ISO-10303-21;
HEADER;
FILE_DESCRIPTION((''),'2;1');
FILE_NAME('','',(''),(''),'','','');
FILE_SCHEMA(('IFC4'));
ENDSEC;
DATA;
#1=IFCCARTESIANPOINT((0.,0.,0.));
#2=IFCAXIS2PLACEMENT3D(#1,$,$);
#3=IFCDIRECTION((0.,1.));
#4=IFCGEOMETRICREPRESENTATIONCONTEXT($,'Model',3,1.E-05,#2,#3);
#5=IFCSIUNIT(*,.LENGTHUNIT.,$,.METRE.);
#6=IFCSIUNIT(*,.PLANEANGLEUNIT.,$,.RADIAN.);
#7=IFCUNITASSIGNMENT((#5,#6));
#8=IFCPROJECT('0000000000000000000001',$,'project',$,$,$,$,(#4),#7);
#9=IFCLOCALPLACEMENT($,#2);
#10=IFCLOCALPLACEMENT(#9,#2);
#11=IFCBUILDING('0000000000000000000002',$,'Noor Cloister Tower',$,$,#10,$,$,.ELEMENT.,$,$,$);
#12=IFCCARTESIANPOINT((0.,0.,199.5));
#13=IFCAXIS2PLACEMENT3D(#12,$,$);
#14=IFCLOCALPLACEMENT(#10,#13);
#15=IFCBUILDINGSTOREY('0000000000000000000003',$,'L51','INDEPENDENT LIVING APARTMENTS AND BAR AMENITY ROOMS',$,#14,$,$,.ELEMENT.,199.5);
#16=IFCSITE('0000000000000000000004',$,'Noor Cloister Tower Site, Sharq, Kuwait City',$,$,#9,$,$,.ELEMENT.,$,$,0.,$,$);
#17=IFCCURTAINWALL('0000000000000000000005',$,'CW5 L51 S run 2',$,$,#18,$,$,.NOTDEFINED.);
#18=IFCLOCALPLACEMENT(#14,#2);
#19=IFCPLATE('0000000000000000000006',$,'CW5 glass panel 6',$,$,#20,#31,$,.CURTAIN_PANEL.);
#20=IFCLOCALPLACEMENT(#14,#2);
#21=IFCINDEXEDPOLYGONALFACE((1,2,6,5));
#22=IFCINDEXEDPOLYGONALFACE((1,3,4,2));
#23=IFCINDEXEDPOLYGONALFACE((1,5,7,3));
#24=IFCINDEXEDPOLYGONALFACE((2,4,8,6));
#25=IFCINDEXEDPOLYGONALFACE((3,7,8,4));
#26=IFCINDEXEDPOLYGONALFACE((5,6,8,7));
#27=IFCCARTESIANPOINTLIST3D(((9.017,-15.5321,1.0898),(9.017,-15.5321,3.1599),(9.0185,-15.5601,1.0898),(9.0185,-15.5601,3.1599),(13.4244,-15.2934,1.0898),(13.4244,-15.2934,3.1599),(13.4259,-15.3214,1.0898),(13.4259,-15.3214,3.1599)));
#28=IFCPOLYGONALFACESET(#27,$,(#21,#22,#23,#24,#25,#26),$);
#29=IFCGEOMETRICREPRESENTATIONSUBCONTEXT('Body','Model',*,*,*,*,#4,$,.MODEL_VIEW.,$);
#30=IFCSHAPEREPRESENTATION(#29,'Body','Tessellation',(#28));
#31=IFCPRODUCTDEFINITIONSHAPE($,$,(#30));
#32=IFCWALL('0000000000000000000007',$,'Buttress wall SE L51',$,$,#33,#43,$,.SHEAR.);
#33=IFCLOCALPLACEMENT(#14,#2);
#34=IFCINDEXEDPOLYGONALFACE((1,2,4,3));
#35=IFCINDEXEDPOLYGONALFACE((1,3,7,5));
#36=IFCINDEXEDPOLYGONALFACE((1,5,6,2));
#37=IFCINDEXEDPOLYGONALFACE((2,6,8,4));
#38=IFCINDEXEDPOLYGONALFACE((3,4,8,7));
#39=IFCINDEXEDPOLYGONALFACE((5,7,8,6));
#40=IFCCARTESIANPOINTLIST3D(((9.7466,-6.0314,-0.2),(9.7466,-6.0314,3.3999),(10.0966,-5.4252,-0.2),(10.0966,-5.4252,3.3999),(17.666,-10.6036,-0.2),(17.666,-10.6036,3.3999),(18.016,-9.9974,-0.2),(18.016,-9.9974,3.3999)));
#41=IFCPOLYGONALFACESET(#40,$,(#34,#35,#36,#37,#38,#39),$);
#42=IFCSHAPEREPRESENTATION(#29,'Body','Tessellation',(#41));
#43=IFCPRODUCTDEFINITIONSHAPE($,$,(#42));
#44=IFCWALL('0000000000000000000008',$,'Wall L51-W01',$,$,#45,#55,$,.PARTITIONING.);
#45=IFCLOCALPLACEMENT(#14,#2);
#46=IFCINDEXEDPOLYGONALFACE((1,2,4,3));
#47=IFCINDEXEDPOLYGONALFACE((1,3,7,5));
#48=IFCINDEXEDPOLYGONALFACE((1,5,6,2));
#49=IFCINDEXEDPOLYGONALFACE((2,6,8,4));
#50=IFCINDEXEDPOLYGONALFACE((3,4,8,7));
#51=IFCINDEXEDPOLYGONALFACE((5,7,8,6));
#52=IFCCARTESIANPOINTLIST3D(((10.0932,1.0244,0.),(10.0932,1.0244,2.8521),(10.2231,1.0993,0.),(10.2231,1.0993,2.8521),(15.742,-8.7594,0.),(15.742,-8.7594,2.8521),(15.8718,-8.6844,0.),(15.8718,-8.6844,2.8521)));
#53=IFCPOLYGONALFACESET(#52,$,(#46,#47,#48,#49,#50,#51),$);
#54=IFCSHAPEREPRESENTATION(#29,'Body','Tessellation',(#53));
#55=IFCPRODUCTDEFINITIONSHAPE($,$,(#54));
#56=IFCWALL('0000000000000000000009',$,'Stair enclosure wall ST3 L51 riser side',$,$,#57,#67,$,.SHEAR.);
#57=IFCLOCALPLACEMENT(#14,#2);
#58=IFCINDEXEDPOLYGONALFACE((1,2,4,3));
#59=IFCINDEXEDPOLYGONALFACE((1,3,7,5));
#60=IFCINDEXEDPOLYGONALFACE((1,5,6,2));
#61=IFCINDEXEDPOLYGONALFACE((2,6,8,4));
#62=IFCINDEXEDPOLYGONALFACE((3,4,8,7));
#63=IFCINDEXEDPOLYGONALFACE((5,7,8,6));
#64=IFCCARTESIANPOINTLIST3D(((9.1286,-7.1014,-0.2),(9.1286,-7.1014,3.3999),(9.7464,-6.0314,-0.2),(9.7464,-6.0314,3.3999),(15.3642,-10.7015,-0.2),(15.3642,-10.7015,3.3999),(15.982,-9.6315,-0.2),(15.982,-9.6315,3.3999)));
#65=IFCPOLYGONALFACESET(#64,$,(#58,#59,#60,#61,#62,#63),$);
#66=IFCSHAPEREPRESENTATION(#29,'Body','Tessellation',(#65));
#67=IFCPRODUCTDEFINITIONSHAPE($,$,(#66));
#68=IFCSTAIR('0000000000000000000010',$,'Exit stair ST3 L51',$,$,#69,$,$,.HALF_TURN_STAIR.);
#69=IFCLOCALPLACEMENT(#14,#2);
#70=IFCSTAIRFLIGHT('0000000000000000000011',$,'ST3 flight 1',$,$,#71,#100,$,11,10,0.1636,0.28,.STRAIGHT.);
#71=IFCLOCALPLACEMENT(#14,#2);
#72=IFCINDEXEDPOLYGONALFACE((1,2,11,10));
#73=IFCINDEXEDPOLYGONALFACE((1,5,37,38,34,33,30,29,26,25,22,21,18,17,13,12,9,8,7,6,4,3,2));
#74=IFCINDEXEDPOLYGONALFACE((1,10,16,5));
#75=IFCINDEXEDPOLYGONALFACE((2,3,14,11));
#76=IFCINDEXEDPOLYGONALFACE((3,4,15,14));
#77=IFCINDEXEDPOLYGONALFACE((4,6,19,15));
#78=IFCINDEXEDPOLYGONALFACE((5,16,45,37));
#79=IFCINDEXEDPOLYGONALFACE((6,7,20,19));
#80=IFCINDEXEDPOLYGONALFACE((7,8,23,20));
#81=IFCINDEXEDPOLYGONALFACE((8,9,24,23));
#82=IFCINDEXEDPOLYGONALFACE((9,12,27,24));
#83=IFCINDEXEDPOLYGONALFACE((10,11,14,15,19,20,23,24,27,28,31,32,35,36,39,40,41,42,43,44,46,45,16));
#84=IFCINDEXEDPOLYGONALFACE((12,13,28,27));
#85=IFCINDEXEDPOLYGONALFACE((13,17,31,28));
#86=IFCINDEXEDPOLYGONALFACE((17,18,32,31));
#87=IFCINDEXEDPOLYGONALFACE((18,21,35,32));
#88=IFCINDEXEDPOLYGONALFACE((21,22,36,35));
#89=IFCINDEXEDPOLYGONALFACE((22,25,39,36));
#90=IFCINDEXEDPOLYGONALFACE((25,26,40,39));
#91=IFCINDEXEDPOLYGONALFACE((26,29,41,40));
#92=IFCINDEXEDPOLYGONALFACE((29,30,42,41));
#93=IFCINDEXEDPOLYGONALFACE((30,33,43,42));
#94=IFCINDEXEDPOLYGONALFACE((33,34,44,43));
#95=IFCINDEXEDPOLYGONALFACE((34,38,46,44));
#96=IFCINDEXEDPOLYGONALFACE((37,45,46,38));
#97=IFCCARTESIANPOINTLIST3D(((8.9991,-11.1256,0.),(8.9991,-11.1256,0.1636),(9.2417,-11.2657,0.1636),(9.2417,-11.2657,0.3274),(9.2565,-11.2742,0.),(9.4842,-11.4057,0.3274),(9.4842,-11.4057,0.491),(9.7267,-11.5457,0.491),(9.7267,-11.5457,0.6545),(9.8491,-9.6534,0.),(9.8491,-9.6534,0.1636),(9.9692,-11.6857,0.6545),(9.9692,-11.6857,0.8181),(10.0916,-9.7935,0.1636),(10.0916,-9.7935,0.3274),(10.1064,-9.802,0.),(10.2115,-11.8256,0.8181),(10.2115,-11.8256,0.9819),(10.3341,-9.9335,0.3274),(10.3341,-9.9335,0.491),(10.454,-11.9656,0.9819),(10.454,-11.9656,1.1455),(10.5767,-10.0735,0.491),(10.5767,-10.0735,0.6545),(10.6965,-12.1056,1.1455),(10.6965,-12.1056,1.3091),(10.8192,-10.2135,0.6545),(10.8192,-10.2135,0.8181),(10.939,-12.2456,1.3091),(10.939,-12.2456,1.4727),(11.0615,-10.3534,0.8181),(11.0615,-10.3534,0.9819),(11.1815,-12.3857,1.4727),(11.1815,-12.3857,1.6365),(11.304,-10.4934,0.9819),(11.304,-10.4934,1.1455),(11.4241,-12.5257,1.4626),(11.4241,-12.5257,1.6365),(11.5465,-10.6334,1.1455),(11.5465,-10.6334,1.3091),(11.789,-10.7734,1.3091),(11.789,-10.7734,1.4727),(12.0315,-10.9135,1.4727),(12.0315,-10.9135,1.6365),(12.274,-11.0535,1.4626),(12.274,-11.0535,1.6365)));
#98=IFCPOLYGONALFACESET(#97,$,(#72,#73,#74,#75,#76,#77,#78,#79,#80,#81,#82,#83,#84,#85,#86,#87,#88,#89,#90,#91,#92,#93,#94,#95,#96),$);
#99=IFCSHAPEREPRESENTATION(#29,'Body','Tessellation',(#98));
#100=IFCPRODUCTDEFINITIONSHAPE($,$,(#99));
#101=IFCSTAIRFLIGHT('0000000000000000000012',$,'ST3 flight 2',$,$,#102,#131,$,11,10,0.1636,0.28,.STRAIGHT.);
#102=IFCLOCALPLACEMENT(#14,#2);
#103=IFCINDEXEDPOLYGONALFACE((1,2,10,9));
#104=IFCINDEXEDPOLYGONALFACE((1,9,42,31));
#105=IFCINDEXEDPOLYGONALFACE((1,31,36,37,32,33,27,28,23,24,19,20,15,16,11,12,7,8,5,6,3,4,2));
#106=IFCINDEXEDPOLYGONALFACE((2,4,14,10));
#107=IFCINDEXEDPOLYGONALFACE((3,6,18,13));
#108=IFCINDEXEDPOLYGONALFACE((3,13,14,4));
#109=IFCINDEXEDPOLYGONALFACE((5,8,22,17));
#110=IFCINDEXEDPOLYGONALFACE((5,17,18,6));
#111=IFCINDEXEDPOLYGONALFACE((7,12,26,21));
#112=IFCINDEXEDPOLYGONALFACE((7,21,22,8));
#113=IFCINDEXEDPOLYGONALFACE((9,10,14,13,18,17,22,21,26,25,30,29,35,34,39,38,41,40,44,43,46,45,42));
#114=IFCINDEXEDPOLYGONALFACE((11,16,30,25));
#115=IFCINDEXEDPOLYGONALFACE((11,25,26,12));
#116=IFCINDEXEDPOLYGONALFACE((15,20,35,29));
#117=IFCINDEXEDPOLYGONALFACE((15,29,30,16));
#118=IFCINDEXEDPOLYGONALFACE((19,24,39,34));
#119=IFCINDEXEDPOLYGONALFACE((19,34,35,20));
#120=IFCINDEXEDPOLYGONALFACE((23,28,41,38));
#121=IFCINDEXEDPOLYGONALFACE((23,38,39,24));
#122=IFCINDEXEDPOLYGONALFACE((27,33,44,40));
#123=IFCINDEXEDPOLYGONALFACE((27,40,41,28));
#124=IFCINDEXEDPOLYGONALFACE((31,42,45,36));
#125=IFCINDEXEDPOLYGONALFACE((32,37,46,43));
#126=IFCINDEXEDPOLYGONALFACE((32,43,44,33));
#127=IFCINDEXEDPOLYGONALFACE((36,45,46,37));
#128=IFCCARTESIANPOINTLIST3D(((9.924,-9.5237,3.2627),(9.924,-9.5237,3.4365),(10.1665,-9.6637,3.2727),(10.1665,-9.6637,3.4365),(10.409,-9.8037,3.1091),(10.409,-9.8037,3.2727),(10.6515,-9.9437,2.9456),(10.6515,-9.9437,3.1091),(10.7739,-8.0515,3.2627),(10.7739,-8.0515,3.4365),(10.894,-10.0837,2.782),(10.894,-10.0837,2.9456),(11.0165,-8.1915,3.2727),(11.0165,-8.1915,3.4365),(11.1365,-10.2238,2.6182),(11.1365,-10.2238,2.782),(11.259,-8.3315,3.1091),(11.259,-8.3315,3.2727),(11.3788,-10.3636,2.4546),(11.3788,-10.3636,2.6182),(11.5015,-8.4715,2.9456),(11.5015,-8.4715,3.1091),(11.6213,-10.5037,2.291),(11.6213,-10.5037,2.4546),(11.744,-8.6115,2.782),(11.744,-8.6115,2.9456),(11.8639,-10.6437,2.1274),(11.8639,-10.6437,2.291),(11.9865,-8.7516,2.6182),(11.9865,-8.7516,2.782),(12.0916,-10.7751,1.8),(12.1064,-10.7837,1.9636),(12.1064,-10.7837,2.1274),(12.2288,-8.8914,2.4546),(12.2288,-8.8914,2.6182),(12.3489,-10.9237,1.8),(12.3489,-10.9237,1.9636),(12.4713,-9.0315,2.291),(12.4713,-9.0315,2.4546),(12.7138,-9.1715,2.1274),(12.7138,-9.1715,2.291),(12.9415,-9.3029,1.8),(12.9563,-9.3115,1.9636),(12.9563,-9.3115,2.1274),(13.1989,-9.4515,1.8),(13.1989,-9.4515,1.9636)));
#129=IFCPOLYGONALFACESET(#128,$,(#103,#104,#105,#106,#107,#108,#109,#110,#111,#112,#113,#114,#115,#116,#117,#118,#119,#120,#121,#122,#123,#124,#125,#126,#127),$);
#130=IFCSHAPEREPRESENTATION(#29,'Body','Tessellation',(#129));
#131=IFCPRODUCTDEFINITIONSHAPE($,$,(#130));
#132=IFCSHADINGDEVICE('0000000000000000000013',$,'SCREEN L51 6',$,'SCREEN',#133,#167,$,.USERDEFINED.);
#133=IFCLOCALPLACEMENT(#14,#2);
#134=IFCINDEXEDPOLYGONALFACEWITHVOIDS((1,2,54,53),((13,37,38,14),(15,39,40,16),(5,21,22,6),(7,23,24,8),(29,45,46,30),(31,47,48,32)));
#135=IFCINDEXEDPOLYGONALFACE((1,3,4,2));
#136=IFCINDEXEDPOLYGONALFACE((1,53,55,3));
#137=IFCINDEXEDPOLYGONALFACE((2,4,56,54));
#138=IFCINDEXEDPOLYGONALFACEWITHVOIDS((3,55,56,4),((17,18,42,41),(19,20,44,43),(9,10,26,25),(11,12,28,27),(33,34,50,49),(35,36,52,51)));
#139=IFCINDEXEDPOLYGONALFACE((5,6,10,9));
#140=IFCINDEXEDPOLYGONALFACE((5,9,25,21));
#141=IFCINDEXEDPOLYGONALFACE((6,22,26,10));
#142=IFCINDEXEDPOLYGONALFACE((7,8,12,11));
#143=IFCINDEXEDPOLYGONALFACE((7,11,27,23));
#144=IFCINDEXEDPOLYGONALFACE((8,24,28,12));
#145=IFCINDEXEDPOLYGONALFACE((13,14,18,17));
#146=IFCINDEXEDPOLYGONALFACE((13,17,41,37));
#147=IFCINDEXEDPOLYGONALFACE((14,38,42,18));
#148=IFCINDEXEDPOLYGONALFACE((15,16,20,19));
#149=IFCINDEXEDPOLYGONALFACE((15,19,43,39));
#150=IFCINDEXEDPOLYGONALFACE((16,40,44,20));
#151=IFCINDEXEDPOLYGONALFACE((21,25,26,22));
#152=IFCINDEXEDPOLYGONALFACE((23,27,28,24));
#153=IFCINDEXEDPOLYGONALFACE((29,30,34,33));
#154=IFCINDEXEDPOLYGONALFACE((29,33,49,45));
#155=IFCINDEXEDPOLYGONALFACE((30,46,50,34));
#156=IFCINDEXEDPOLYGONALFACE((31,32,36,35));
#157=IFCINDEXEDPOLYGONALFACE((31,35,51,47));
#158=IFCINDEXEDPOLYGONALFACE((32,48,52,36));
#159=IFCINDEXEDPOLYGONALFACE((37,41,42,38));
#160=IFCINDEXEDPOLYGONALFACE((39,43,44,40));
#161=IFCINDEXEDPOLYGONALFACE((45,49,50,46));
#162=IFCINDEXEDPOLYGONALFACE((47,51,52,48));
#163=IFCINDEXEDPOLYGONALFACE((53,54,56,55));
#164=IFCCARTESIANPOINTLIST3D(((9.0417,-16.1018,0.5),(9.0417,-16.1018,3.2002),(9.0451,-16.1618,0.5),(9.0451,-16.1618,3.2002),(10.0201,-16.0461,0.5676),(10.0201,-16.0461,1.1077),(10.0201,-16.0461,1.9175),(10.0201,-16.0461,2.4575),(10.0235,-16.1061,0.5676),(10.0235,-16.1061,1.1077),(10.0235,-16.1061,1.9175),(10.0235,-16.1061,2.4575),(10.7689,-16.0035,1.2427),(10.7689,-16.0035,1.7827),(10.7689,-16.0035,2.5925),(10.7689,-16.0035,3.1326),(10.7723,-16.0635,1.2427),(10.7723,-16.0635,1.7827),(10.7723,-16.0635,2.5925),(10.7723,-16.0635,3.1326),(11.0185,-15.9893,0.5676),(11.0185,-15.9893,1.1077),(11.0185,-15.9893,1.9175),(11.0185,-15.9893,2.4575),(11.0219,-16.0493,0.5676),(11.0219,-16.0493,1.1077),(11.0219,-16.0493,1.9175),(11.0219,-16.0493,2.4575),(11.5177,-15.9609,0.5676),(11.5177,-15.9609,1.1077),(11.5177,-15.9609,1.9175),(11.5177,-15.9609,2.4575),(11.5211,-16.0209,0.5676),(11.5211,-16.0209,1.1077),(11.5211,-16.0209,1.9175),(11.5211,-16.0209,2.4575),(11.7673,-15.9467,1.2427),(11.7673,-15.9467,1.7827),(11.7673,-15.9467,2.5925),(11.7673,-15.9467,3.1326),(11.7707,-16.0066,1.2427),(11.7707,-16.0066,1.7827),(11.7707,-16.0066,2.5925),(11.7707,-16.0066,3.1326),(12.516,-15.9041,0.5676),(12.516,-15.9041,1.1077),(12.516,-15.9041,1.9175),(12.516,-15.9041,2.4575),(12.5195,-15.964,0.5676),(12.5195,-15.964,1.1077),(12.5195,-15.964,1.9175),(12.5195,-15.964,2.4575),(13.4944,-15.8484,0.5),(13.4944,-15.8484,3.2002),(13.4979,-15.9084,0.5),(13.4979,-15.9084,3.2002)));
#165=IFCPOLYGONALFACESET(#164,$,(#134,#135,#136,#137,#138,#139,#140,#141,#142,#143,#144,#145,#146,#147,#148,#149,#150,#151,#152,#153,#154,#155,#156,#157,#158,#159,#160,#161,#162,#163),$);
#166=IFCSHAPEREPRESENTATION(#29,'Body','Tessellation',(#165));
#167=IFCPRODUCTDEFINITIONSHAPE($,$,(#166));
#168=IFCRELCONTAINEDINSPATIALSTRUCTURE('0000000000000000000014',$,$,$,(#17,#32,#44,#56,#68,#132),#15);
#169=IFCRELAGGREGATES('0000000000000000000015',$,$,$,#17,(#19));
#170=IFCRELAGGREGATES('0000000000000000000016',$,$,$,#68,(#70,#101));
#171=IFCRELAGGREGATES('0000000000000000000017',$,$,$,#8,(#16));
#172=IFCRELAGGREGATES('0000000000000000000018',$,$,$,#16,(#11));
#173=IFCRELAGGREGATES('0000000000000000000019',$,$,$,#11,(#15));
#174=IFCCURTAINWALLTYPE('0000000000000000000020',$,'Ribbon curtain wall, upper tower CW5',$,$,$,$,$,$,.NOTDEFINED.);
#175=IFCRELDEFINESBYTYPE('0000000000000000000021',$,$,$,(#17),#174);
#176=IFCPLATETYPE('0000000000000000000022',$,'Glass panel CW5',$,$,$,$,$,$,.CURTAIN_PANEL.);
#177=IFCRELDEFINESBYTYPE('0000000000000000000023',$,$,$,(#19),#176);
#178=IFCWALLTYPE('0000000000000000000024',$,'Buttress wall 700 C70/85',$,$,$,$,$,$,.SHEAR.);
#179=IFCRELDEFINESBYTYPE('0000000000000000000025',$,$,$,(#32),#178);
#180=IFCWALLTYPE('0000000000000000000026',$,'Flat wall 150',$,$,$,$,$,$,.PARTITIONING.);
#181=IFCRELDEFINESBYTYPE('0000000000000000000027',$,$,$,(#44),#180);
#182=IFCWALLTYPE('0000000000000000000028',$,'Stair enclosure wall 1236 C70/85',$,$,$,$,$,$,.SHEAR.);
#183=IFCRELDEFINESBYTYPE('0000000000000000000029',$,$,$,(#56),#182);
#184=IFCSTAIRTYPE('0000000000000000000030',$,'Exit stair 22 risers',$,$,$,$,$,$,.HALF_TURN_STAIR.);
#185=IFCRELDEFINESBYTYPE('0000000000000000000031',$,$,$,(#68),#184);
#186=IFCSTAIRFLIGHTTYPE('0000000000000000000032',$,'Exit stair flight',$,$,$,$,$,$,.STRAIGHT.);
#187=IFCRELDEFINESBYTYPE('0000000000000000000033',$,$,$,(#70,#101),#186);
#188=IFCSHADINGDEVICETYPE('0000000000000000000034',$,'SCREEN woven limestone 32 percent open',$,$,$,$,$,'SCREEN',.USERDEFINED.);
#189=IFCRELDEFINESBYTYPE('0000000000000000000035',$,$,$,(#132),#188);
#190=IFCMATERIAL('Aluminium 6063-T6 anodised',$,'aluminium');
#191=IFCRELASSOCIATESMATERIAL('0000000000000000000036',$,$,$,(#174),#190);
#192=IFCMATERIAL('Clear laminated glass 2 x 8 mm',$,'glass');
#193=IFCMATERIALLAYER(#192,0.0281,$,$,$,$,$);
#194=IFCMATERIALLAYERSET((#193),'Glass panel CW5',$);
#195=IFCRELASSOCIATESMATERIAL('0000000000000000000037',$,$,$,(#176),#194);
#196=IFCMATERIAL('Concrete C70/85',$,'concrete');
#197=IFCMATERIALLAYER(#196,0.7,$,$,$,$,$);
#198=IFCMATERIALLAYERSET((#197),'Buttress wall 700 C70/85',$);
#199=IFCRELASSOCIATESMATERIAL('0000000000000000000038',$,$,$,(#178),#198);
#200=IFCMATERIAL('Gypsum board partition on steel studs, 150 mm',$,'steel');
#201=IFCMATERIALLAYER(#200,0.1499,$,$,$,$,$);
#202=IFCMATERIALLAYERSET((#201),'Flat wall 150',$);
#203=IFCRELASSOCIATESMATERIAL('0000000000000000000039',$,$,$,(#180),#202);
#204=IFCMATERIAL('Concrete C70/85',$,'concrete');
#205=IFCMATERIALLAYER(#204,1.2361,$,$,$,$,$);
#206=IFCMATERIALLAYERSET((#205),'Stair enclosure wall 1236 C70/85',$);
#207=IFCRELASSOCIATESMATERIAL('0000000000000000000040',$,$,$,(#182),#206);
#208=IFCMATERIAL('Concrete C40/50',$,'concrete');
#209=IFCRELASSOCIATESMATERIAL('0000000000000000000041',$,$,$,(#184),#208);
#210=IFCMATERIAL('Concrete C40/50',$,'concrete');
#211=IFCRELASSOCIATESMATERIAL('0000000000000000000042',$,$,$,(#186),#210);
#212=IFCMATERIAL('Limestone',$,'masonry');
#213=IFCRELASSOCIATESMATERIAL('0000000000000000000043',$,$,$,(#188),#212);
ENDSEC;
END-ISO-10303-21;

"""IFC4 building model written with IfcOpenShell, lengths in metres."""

from ifc_helpers import new_model, si_unit, direction, frame, frame_2d, origin, origin_2d, place, context, subcontext, project, spatial, polyline, rectangle, outline, extrude, material, layer, layer_set, material_profile, profile_set, type_object, element, aggregate, save


model = new_model("IFC4")

# Units and contexts
model_context = context("Model", 3, precision=1e-05, world=origin(), true_north=direction((0.0, 1.0)))
body_context = subcontext(model_context, "Body", "Model", "MODEL_VIEW")
ifc_project = project(units=[si_unit("LENGTHUNIT", "METRE"), si_unit("PLANEANGLEUNIT", "RADIAN")], contexts=[model_context])

# Site, building, storey
site_placement = place(None, origin())
site = spatial("IfcSite", under=ifc_project, at=site_placement, Name="Noor Cloister Tower Site, Sharq, Kuwait City", CompositionType="ELEMENT", RefElevation=0.0)
building_placement = place(site_placement, origin())
building = spatial("IfcBuilding", under=site, at=building_placement, Name="Noor Cloister Tower", CompositionType="ELEMENT")
storey_placement = place(building_placement, frame((0.0, 0.0, 199.5)))
storey = spatial("IfcBuildingStorey", under=building, at=storey_placement, Name="L51", Description="INDEPENDENT LIVING APARTMENTS AND BAR AMENITY ROOMS", CompositionType="ELEMENT", Elevation=199.5)

# Curtain wall
ifc_material_1 = material(Name="Aluminium 6063-T6 anodised", Category="aluminium")
curtain_wall_type = type_object("IfcCurtainWallType", Name="Ribbon curtain wall, upper tower CW5", PredefinedType="NOTDEFINED", material=ifc_material_1)
curtain_wall_placement = place(storey_placement, origin())
curtain_wall = element("IfcCurtainWall", 1, at=curtain_wall_placement, inside=storey, type_object=curtain_wall_type, Name="CW5 L51 S run 2", PredefinedType="NOTDEFINED")

# Plate
ifc_material_2 = material(Name="Clear laminated glass 2 x 8 mm", Category="glass")
ifc_layer_1 = layer(ifc_material_2, 0.0281)
ifc_layer_set_1 = layer_set([ifc_layer_1], Name="Glass panel CW5")
plate_type = type_object("IfcPlateType", Name="Glass panel CW5", PredefinedType="CURTAIN_PANEL", material=ifc_layer_set_1)
plate_placement = place(storey_placement, frame((11.2214, -15.4268, 1.0898), z_axis=(0.0, 0.0, 1.0), x_axis=(0.998537, 0.054074, 0.0)))
plate = element("IfcPlate", 2, at=plate_placement, type_object=plate_type, Name="CW5 glass panel 6", PredefinedType="CURTAIN_PANEL", context=body_context, shape_type="SweptSolid", body=[
    extrude(rectangle(XDim=4.4138, YDim=0.0281, at=origin_2d()), origin(), (0.0, 0.0, 1.0), 2.0701),
])
aggregate(curtain_wall, [plate])

# Walls
ifc_material_3 = material(Name="Concrete C70/85", Category="concrete")
ifc_layer_2 = layer(ifc_material_3, 0.7)
ifc_layer_set_2 = layer_set([ifc_layer_2], Name="Buttress wall 700 C70/85")
wall_type_1 = type_object("IfcWallType", Name="Buttress wall 700 C70/85", PredefinedType="SHEAR", material=ifc_layer_set_2)
wall_1_placement = place(storey_placement, frame((9.9216, -5.7283, -0.2), z_axis=(0.0, 0.0, 1.0), x_axis=(0.866026, -0.499998, 0.0)))
element("IfcWall", 3, at=wall_1_placement, inside=storey, type_object=wall_type_1, Name="Buttress wall SE L51", PredefinedType="SHEAR", context=body_context, shape_type="SweptSolid", body=[
    extrude(rectangle(XDim=9.1445, YDim=0.7, at=frame_2d((4.5723, 0.0))), origin(), (0.0, 0.0, 1.0), 3.5999),
])
ifc_material_4 = material(Name="Gypsum board partition on steel studs, 150 mm", Category="steel")
ifc_layer_3 = layer(ifc_material_4, 0.1499)
ifc_layer_set_3 = layer_set([ifc_layer_3], Name="Flat wall 150")
wall_type_2 = type_object("IfcWallType", Name="Flat wall 150", PredefinedType="PARTITIONING", material=ifc_layer_set_3)
wall_2_placement = place(storey_placement, frame((15.8069, -8.7219, 0.0), z_axis=(0.0, 0.0, 1.0), x_axis=(-0.500004, 0.866023, 0.0)))
element("IfcWall", 4, at=wall_2_placement, inside=storey, type_object=wall_type_2, Name="Wall L51-W01", PredefinedType="PARTITIONING", context=body_context, shape_type="SweptSolid", body=[
    extrude(rectangle(XDim=11.2974, YDim=0.1499, at=frame_2d((5.6487, 0.0))), origin(), (0.0, 0.0, 1.0), 2.8521),
])
ifc_material_5 = material(Name="Concrete C70/85", Category="concrete")
ifc_layer_4 = layer(ifc_material_5, 1.2361)
ifc_layer_set_4 = layer_set([ifc_layer_4], Name="Stair enclosure wall 1236 C70/85")
wall_type_3 = type_object("IfcWallType", Name="Stair enclosure wall 1236 C70/85", PredefinedType="SHEAR", material=ifc_layer_set_4)
wall_3_placement = place(storey_placement, frame((9.4375, -6.5664, -0.2), z_axis=(0.0, 0.0, 1.0), x_axis=(0.866027, -0.499997, 0.0)))
element("IfcWall", 5, at=wall_3_placement, inside=storey, type_object=wall_type_3, Name="Stair enclosure wall ST3 L51 riser side", PredefinedType="SHEAR", context=body_context, shape_type="SweptSolid", body=[
    extrude(rectangle(XDim=7.2002, YDim=1.2356, at=frame_2d((3.6001, 0.0))), origin(), (0.0, 0.0, 1.0), 3.5999),
])

# Stair, stair flights
ifc_material_6 = material(Name="Concrete C40/50", Category="concrete")
stair_type = type_object("IfcStairType", Name="Exit stair 22 risers", PredefinedType="HALF_TURN_STAIR", material=ifc_material_6)
stair_placement = place(storey_placement, origin())
stair = element("IfcStair", 6, at=stair_placement, inside=storey, type_object=stair_type, Name="Exit stair ST3 L51", PredefinedType="HALF_TURN_STAIR")
ifc_material_7 = material(Name="Concrete C40/50", Category="concrete")
stair_flight_type = type_object("IfcStairFlightType", Name="Exit stair flight", PredefinedType="STRAIGHT", material=ifc_material_7)
stair_flight_1_placement = place(storey_placement, frame((9.4241, -10.3896, 0.0), z_axis=(0.0, 0.0, 1.0), x_axis=(0.866025, -0.5, 0.0)))
stair_flight_1 = element("IfcStairFlight", 7, at=stair_flight_1_placement, type_object=stair_flight_type, Name="ST3 flight 1", NumberOfRisers=11, NumberOfTreads=10, PredefinedType="STRAIGHT", RiserHeight=0.1636, TreadLength=0.28, context=body_context, shape_type="SweptSolid", body=[
    extrude(outline(polyline([(0.0, 0.0), (0.0, 0.1636), (0.28, 0.1636), (0.28, 0.3274), (0.5601, 0.3274), (0.5601, 0.491), (0.8401, 0.491), (0.8401, 0.6545), (1.1201, 0.6545), (1.1201, 0.8181), (1.3999, 0.8181), (1.3999, 0.9819), (1.6799, 0.9819), (1.6799, 1.1455), (1.96, 1.1455), (1.96, 1.3091), (2.24, 1.3091), (2.24, 1.4727), (2.52, 1.4727), (2.52, 1.6365), (2.8, 1.6365), (2.8, 1.8), (2.8, 1.4626), (0.2971, 0.0), (0.0, 0.0)])), frame((0.0, 0.8501, 0.0), z_axis=(0.0, -1.0, 0.0), x_axis=(1.0, 0.0, 0.0)), (0.0, 0.0, 1.0), 1.7),
])
stair_flight_2_placement = place(storey_placement, frame((12.7739, -10.1875, 1.8), z_axis=(0.0, 0.0, 1.0), x_axis=(-0.866025, 0.5, 0.0)))
stair_flight_2 = element("IfcStairFlight", 8, at=stair_flight_2_placement, type_object=stair_flight_type, Name="ST3 flight 2", NumberOfRisers=11, NumberOfTreads=10, PredefinedType="STRAIGHT", RiserHeight=0.1636, TreadLength=0.28, context=body_context, shape_type="SweptSolid", body=[
    extrude(outline(polyline([(0.0, 0.0), (0.0, 0.1636), (0.28, 0.1636), (0.28, 0.3274), (0.5601, 0.3274), (0.5601, 0.491), (0.8401, 0.491), (0.8401, 0.6545), (1.1201, 0.6545), (1.1201, 0.8181), (1.3999, 0.8181), (1.3999, 0.9819), (1.6799, 0.9819), (1.6799, 1.1455), (1.96, 1.1455), (1.96, 1.3091), (2.24, 1.3091), (2.24, 1.4727), (2.52, 1.4727), (2.52, 1.6365), (2.8, 1.6365), (2.8, 1.8), (2.8, 1.4626), (0.2971, 0.0), (0.0, 0.0)])), frame((0.0, 0.8501, 0.0), z_axis=(0.0, -1.0, 0.0), x_axis=(1.0, 0.0, 0.0)), (0.0, 0.0, 1.0), 1.7),
])
aggregate(stair, [stair_flight_1, stair_flight_2])

# Shading device
ifc_material_8 = material(Name="Limestone", Category="masonry")
ifc_material_profile_1 = material_profile(ifc_material_8, outline(polyline([(-2.23, -1.3501), (2.23, -1.3501), (2.23, 1.3501), (-2.23, 1.3501), (-2.23, -1.3501)]), holes=[polyline([(-1.25, -1.2825), (-0.25, -1.2825), (-0.25, -0.7424), (-1.25, -0.7424), (-1.25, -1.2825)]), polyline([(0.25, -1.2825), (1.25, -1.2825), (1.25, -0.7424), (0.25, -0.7424), (0.25, -1.2825)]), polyline([(-0.5, -0.6074), (0.5, -0.6074), (0.5, -0.0674), (-0.5, -0.0674), (-0.5, -0.6074)]), polyline([(-1.25, 0.0674), (-0.25, 0.0674), (-0.25, 0.6074), (-1.25, 0.6074), (-1.25, 0.0674)]), polyline([(0.25, 0.0674), (1.25, 0.0674), (1.25, 0.6074), (0.25, 0.6074), (0.25, 0.0674)]), polyline([(-0.5, 0.7424), (0.5, 0.7424), (0.5, 1.2825), (-0.5, 1.2825), (-0.5, 0.7424)])]), Name="Woven screen 32 percent open")
ifc_profile_set_1 = profile_set([ifc_material_profile_1], Name="Limestone")
shading_device_type = type_object("IfcShadingDeviceType", Name="SCREEN woven limestone 32 percent open", ElementType="SCREEN", PredefinedType="USERDEFINED", material=ifc_profile_set_1)
shading_device_placement = place(storey_placement, frame((11.2681, -15.9751, 1.8501), z_axis=(0.056819, -0.998385, 0.0), x_axis=(0.998385, 0.056819, 0.0)))
element("IfcShadingDevice", 9, at=shading_device_placement, inside=storey, type_object=shading_device_type, Name="SCREEN L51 6", ObjectType="SCREEN", PredefinedType="USERDEFINED", context=body_context, shape_type="SweptSolid", body=[
    extrude(outline(polyline([(-2.23, -1.3501), (2.23, -1.3501), (2.23, 1.3501), (-2.23, 1.3501), (-2.23, -1.3501)]), holes=[polyline([(-1.25, -1.2825), (-0.25, -1.2825), (-0.25, -0.7424), (-1.25, -0.7424), (-1.25, -1.2825)]), polyline([(0.25, -1.2825), (1.25, -1.2825), (1.25, -0.7424), (0.25, -0.7424), (0.25, -1.2825)]), polyline([(-0.5, -0.6074), (0.5, -0.6074), (0.5, -0.0674), (-0.5, -0.0674), (-0.5, -0.6074)]), polyline([(-1.25, 0.0674), (-0.25, 0.0674), (-0.25, 0.6074), (-1.25, 0.6074), (-1.25, 0.0674)]), polyline([(0.25, 0.0674), (1.25, 0.0674), (1.25, 0.6074), (0.25, 0.6074), (0.25, 0.0674)]), polyline([(-0.5, 0.7424), (0.5, 0.7424), (0.5, 1.2825), (-0.5, 1.2825), (-0.5, 0.7424)])]), origin(), (0.0, 0.0, 1.0), 0.0601),
])

save(model, "model.ifc")
